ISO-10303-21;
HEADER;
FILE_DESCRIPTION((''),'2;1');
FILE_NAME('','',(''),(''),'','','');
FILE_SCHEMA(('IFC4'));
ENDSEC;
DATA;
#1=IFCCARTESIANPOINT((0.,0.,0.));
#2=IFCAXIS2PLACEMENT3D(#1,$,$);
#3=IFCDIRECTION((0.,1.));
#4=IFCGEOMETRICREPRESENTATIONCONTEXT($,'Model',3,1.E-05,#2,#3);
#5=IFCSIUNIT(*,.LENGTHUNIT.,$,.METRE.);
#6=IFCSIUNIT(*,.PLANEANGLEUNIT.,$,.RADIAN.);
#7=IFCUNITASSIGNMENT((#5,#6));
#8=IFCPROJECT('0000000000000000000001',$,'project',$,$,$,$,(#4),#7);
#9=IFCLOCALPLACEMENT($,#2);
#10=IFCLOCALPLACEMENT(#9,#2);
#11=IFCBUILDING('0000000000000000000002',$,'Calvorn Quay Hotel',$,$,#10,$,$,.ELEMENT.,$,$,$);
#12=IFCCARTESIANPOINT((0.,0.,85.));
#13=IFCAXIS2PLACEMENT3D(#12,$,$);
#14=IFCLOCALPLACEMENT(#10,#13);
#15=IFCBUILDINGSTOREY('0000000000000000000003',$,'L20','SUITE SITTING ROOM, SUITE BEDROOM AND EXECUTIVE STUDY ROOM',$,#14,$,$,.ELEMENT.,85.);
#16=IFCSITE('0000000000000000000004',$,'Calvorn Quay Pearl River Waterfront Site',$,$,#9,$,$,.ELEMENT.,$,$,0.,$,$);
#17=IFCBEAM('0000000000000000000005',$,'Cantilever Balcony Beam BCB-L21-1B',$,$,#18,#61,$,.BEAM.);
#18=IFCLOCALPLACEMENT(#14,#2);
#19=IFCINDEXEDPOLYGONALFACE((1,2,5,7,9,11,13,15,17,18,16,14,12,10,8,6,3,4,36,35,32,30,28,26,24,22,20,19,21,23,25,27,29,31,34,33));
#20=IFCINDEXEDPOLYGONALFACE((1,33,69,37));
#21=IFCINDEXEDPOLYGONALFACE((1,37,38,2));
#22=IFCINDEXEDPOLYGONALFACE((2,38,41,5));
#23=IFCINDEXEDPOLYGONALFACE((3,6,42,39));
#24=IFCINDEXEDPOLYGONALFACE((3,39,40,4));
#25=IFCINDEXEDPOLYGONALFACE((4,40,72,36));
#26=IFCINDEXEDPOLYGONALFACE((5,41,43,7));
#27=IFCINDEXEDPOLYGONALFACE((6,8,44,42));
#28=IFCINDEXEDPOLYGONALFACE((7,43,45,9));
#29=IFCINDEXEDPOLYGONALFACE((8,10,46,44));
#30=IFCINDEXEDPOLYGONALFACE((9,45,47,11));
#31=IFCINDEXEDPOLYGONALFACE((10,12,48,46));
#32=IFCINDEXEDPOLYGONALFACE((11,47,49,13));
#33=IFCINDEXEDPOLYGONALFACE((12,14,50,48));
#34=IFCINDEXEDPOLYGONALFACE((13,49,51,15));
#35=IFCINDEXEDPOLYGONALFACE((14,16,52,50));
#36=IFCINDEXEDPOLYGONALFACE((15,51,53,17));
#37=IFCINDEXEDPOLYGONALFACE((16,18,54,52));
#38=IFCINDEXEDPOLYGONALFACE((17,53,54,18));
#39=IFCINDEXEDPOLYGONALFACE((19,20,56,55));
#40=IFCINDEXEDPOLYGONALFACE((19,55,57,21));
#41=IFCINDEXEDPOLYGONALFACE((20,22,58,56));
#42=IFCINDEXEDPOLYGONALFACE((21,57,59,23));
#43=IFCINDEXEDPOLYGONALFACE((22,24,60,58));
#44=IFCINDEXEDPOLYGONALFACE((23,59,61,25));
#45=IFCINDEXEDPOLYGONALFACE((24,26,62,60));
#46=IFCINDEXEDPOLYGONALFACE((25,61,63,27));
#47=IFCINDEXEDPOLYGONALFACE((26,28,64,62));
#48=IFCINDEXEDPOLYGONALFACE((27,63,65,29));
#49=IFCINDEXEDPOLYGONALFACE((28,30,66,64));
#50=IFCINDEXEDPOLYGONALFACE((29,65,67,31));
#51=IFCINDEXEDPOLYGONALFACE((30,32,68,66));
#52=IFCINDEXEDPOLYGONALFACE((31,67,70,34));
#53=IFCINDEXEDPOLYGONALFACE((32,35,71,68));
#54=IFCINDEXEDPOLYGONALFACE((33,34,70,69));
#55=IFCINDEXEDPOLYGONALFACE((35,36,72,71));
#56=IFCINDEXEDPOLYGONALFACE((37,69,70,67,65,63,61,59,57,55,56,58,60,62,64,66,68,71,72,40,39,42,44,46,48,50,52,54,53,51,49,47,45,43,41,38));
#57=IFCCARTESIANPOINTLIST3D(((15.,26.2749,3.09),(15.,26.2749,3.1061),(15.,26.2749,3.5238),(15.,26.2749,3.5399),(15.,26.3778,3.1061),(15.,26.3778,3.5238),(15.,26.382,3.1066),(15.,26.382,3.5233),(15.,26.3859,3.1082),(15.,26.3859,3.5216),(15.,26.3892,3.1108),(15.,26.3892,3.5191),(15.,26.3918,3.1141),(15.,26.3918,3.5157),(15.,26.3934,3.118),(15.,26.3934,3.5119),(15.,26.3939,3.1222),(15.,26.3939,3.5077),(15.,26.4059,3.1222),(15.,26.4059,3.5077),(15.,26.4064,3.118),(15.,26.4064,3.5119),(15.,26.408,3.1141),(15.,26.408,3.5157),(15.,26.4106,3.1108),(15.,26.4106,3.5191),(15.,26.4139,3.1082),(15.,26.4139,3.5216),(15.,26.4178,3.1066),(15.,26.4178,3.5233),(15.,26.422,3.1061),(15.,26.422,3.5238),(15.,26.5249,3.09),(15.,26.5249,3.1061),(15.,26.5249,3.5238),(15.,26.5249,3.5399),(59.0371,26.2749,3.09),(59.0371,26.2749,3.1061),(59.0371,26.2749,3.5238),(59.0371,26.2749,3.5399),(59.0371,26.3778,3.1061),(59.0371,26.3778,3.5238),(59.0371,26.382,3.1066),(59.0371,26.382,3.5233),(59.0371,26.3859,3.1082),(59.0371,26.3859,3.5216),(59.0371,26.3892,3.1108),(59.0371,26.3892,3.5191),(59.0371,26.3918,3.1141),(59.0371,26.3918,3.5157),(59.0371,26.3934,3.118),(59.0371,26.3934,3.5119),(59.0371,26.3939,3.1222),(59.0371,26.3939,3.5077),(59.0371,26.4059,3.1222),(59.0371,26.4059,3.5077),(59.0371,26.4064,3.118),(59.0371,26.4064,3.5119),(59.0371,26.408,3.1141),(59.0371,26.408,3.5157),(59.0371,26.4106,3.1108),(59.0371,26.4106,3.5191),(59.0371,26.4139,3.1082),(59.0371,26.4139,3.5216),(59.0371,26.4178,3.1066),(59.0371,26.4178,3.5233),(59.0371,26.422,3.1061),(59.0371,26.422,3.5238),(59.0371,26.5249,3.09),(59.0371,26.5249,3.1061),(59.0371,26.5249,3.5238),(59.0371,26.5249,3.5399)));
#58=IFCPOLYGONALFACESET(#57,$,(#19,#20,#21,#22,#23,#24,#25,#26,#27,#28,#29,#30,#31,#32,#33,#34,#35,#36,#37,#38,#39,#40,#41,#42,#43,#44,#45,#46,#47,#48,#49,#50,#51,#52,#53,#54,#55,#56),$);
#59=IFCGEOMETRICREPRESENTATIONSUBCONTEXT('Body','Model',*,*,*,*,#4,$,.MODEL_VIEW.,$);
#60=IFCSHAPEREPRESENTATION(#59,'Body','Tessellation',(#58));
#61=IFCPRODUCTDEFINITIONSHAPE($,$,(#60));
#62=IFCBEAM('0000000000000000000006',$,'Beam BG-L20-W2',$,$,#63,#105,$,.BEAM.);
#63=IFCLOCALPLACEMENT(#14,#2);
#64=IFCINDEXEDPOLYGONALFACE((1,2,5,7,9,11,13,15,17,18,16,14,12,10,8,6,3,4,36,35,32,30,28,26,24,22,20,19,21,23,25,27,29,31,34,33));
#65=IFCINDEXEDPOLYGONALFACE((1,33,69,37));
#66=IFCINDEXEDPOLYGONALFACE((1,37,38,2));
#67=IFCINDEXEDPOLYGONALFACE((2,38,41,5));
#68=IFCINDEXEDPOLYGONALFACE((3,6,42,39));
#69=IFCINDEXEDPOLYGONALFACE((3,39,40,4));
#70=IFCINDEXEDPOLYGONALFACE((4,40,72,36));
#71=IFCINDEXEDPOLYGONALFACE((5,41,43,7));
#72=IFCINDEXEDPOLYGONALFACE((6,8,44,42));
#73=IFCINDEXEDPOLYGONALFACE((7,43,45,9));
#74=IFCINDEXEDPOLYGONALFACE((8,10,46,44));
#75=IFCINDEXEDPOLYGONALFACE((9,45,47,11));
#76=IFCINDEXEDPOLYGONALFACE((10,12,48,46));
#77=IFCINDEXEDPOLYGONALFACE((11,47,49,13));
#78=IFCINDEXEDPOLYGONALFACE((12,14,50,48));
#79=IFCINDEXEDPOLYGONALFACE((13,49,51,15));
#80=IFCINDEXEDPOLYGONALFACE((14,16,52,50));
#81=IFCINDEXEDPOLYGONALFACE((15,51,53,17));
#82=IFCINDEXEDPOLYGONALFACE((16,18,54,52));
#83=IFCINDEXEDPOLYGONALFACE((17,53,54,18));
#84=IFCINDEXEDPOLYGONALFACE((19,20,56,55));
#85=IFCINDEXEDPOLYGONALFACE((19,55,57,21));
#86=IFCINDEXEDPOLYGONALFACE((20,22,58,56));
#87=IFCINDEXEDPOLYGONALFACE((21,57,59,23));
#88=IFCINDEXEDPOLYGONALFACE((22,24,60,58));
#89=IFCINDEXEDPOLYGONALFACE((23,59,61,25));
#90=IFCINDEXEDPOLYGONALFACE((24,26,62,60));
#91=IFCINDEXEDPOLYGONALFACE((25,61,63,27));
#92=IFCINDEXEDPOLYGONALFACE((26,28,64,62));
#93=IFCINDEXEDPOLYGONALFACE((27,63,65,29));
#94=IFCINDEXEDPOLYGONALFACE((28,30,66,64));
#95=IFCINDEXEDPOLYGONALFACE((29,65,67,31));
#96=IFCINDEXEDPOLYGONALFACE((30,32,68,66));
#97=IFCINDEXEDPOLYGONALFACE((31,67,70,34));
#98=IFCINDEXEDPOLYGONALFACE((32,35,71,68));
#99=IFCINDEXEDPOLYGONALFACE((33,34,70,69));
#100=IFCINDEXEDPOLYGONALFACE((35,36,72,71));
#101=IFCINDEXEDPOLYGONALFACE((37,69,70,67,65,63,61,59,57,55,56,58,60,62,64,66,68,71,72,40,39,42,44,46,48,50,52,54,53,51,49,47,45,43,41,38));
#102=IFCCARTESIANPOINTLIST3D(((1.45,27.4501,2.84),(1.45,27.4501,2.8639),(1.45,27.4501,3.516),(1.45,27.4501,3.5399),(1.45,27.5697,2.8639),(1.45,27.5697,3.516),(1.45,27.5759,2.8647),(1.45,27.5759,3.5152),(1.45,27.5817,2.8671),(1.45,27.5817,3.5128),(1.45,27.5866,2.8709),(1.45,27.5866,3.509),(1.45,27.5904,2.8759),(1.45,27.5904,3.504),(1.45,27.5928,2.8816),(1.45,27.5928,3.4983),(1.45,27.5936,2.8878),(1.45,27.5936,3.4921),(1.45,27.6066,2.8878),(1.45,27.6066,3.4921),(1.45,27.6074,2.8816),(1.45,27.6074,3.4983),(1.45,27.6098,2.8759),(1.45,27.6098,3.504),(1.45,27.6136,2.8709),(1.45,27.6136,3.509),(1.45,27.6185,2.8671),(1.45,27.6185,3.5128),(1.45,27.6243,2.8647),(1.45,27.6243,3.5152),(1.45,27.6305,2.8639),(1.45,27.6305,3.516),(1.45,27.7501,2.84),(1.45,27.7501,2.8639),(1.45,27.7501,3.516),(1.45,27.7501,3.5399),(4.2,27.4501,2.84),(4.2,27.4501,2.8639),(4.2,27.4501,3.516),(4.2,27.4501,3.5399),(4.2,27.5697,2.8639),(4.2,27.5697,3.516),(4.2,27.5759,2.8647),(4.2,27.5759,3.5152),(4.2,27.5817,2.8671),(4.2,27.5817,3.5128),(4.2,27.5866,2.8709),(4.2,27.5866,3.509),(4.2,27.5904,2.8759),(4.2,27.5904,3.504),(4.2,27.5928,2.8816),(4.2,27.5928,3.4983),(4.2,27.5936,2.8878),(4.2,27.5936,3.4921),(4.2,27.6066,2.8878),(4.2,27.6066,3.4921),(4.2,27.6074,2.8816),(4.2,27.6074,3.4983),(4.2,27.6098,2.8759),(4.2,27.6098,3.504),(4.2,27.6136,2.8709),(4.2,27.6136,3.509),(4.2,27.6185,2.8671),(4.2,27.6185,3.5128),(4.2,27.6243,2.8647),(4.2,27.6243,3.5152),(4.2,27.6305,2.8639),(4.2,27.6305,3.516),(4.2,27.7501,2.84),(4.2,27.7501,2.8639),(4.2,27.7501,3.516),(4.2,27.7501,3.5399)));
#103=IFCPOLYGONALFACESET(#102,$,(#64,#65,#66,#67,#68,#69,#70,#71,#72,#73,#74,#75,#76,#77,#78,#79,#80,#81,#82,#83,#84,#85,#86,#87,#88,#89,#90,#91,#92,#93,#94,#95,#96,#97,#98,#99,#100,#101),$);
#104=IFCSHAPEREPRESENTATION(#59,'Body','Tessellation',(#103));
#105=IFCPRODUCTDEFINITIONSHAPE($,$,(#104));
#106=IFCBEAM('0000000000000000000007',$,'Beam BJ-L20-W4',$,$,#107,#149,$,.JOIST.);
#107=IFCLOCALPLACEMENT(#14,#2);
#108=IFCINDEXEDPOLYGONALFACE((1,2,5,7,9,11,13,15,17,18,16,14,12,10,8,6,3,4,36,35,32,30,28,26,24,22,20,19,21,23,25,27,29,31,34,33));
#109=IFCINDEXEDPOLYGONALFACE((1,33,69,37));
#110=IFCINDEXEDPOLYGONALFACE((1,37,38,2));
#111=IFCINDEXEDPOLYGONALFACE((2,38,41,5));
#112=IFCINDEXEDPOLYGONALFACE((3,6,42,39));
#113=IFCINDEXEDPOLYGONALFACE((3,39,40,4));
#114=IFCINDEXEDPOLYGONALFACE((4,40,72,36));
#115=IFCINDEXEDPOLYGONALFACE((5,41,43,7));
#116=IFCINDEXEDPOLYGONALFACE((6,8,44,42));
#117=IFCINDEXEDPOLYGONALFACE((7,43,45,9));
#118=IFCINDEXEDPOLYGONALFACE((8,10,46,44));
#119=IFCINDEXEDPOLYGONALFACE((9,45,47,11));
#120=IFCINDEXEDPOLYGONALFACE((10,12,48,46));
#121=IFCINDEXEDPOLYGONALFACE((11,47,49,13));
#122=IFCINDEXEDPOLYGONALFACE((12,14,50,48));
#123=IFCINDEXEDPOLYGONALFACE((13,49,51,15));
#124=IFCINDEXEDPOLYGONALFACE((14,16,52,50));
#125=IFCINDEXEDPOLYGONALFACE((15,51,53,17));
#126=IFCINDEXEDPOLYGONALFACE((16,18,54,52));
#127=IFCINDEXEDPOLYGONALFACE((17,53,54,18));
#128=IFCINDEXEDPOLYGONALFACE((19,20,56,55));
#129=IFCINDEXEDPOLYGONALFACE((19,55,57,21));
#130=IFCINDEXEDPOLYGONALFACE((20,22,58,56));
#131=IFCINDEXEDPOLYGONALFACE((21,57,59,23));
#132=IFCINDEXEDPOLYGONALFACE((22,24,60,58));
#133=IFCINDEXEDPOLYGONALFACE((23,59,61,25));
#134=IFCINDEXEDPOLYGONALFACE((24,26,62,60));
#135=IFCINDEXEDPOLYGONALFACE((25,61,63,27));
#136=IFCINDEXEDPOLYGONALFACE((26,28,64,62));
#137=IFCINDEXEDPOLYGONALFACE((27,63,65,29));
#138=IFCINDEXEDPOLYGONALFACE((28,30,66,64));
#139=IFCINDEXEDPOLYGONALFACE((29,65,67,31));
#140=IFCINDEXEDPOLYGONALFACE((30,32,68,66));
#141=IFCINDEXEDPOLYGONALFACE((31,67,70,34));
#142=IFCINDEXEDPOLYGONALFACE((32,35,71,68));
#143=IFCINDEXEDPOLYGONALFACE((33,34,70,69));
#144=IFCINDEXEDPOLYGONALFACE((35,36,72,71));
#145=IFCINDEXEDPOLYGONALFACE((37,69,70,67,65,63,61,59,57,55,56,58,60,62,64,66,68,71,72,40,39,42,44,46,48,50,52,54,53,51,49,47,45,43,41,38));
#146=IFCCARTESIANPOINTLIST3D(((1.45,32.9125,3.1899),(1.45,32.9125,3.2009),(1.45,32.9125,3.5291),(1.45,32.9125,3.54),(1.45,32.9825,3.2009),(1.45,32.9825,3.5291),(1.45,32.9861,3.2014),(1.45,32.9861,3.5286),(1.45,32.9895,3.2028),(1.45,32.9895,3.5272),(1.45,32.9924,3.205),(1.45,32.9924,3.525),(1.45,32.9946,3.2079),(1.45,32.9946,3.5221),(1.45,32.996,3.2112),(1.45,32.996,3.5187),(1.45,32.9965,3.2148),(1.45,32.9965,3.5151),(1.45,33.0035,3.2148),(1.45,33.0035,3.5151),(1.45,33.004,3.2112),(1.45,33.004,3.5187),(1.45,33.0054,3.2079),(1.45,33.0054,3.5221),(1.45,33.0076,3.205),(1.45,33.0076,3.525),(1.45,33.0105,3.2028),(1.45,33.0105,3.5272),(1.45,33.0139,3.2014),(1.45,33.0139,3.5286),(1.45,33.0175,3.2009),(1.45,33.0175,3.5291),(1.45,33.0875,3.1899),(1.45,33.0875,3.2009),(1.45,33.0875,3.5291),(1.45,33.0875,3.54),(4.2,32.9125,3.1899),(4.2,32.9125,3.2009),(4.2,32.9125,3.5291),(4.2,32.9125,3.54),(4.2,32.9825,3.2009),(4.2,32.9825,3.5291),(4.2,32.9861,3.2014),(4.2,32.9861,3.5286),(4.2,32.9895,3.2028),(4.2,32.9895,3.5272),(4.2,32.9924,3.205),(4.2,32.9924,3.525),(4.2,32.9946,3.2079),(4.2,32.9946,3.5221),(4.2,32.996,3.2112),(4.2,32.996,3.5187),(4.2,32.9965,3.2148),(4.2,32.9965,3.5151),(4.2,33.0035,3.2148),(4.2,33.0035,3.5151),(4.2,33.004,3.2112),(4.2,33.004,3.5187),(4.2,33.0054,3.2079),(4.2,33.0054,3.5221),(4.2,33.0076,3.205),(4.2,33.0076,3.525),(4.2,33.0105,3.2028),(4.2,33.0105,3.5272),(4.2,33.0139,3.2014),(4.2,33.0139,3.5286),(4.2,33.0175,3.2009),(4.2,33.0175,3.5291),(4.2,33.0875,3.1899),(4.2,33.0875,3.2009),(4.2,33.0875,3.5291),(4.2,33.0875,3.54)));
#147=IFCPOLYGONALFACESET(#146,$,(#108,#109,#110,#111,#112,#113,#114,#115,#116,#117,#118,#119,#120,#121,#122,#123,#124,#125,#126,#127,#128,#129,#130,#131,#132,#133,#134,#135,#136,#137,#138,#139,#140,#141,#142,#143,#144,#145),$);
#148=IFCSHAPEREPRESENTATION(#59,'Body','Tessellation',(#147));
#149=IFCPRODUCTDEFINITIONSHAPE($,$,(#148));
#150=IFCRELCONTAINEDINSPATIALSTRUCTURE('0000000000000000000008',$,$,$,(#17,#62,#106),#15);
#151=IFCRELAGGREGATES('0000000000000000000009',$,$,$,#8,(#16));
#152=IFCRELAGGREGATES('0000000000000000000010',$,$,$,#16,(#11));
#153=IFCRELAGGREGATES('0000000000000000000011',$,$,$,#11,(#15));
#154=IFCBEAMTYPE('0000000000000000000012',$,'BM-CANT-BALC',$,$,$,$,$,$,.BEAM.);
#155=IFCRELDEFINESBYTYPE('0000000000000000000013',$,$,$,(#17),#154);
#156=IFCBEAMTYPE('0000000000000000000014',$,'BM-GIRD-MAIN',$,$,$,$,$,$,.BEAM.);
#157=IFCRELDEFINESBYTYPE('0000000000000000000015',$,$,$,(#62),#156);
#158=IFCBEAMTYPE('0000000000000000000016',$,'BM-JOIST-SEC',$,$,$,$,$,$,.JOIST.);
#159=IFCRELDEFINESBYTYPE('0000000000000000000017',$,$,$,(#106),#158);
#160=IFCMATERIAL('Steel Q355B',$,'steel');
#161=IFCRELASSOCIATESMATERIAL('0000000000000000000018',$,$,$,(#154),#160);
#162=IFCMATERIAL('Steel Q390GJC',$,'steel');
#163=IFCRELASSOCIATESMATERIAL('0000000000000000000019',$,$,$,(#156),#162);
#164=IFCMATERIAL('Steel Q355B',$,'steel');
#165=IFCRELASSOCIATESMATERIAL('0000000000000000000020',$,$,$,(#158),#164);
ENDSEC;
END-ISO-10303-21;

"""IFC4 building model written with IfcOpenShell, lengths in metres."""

from ifc_helpers import new_model, si_unit, direction, frame, origin, origin_2d, place, context, subcontext, project, spatial, i_section, extrude, material, material_profile, profile_set, type_object, element, save


model = new_model("IFC4")

# Units and contexts
model_context = context("Model", 3, precision=1e-05, world=origin(), true_north=direction((0.0, 1.0)))
body_context = subcontext(model_context, "Body", "Model", "MODEL_VIEW")
ifc_project = project(units=[si_unit("LENGTHUNIT", "METRE"), si_unit("PLANEANGLEUNIT", "RADIAN")], contexts=[model_context])

# Site, building, storey
site_placement = place(None, origin())
site = spatial("IfcSite", under=ifc_project, at=site_placement, Name="Calvorn Quay Pearl River Waterfront Site", CompositionType="ELEMENT", RefElevation=0.0)
building_placement = place(site_placement, origin())
building = spatial("IfcBuilding", under=site, at=building_placement, Name="Calvorn Quay Hotel", CompositionType="ELEMENT")
storey_placement = place(building_placement, frame((0.0, 0.0, 85.0)))
storey = spatial("IfcBuildingStorey", under=building, at=storey_placement, Name="L20", Description="SUITE SITTING ROOM, SUITE BEDROOM AND EXECUTIVE STUDY ROOM", CompositionType="ELEMENT", Elevation=85.0)

# Beams
ifc_material_1 = material(Name="Steel Q355B", Category="steel")
ifc_material_profile_1 = material_profile(ifc_material_1, i_section(OverallWidth=0.25, OverallDepth=0.45, WebThickness=0.012, FlangeThickness=0.0161, FilletRadius=0.0161, at=origin_2d()), Name="HN450x250x12x16")
ifc_profile_set_1 = profile_set([ifc_material_profile_1], Name="Steel Q355B")
beam_type_1 = type_object("IfcBeamType", Name="BM-CANT-BALC", PredefinedType="BEAM", material=ifc_profile_set_1)
beam_1_placement = place(storey_placement, frame((15.0, 26.3999, 3.3149), z_axis=(1.0, 0.0, 0.0), x_axis=(0.0, 1.0, 0.0)))
element("IfcBeam", 1, at=beam_1_placement, inside=storey, type_object=beam_type_1, Name="Cantilever Balcony Beam BCB-L21-1B", PredefinedType="BEAM", context=body_context, shape_type="SweptSolid", body=[
    extrude(i_section(OverallWidth=0.25, OverallDepth=0.45, WebThickness=0.012, FlangeThickness=0.0161, FilletRadius=0.0161, at=origin_2d()), origin(), (0.0, 0.0, 1.0), 44.0371),
])
ifc_material_2 = material(Name="Steel Q390GJC", Category="steel")
ifc_material_profile_2 = material_profile(ifc_material_2, i_section(OverallWidth=0.3, OverallDepth=0.7, WebThickness=0.0129, FlangeThickness=0.0239, FilletRadius=0.0239, at=origin_2d()), Name="HN700x300x13x24")
ifc_profile_set_2 = profile_set([ifc_material_profile_2], Name="Steel Q390GJC")
beam_type_2 = type_object("IfcBeamType", Name="BM-GIRD-MAIN", PredefinedType="BEAM", material=ifc_profile_set_2)
beam_2_placement = place(storey_placement, frame((1.45, 27.6001, 3.1899), z_axis=(1.0, 0.0, 0.0), x_axis=(0.0, 1.0, 0.0)))
element("IfcBeam", 2, at=beam_2_placement, inside=storey, type_object=beam_type_2, Name="Beam BG-L20-W2", PredefinedType="BEAM", context=body_context, shape_type="SweptSolid", body=[
    extrude(i_section(OverallWidth=0.3, OverallDepth=0.7, WebThickness=0.0129, FlangeThickness=0.0239, FilletRadius=0.0239, at=origin_2d()), origin(), (0.0, 0.0, 1.0), 2.75),
])
ifc_material_3 = material(Name="Steel Q355B", Category="steel")
ifc_material_profile_3 = material_profile(ifc_material_3, i_section(OverallWidth=0.175, OverallDepth=0.3501, WebThickness=0.0071, FlangeThickness=0.011, FilletRadius=0.0139, at=origin_2d()), Name="HN350x175x7x11")
ifc_profile_set_3 = profile_set([ifc_material_profile_3], Name="Steel Q355B")
beam_type_3 = type_object("IfcBeamType", Name="BM-JOIST-SEC", PredefinedType="JOIST", material=ifc_profile_set_3)
beam_3_placement = place(storey_placement, frame((1.45, 33.0, 3.365), z_axis=(1.0, 0.0, 0.0), x_axis=(0.0, 1.0, 0.0)))
element("IfcBeam", 3, at=beam_3_placement, inside=storey, type_object=beam_type_3, Name="Beam BJ-L20-W4", PredefinedType="JOIST", context=body_context, shape_type="SweptSolid", body=[
    extrude(i_section(OverallWidth=0.175, OverallDepth=0.3501, WebThickness=0.0071, FlangeThickness=0.011, FilletRadius=0.0139, at=origin_2d()), origin(), (0.0, 0.0, 1.0), 2.75),
])

save(model, "model.ifc")
